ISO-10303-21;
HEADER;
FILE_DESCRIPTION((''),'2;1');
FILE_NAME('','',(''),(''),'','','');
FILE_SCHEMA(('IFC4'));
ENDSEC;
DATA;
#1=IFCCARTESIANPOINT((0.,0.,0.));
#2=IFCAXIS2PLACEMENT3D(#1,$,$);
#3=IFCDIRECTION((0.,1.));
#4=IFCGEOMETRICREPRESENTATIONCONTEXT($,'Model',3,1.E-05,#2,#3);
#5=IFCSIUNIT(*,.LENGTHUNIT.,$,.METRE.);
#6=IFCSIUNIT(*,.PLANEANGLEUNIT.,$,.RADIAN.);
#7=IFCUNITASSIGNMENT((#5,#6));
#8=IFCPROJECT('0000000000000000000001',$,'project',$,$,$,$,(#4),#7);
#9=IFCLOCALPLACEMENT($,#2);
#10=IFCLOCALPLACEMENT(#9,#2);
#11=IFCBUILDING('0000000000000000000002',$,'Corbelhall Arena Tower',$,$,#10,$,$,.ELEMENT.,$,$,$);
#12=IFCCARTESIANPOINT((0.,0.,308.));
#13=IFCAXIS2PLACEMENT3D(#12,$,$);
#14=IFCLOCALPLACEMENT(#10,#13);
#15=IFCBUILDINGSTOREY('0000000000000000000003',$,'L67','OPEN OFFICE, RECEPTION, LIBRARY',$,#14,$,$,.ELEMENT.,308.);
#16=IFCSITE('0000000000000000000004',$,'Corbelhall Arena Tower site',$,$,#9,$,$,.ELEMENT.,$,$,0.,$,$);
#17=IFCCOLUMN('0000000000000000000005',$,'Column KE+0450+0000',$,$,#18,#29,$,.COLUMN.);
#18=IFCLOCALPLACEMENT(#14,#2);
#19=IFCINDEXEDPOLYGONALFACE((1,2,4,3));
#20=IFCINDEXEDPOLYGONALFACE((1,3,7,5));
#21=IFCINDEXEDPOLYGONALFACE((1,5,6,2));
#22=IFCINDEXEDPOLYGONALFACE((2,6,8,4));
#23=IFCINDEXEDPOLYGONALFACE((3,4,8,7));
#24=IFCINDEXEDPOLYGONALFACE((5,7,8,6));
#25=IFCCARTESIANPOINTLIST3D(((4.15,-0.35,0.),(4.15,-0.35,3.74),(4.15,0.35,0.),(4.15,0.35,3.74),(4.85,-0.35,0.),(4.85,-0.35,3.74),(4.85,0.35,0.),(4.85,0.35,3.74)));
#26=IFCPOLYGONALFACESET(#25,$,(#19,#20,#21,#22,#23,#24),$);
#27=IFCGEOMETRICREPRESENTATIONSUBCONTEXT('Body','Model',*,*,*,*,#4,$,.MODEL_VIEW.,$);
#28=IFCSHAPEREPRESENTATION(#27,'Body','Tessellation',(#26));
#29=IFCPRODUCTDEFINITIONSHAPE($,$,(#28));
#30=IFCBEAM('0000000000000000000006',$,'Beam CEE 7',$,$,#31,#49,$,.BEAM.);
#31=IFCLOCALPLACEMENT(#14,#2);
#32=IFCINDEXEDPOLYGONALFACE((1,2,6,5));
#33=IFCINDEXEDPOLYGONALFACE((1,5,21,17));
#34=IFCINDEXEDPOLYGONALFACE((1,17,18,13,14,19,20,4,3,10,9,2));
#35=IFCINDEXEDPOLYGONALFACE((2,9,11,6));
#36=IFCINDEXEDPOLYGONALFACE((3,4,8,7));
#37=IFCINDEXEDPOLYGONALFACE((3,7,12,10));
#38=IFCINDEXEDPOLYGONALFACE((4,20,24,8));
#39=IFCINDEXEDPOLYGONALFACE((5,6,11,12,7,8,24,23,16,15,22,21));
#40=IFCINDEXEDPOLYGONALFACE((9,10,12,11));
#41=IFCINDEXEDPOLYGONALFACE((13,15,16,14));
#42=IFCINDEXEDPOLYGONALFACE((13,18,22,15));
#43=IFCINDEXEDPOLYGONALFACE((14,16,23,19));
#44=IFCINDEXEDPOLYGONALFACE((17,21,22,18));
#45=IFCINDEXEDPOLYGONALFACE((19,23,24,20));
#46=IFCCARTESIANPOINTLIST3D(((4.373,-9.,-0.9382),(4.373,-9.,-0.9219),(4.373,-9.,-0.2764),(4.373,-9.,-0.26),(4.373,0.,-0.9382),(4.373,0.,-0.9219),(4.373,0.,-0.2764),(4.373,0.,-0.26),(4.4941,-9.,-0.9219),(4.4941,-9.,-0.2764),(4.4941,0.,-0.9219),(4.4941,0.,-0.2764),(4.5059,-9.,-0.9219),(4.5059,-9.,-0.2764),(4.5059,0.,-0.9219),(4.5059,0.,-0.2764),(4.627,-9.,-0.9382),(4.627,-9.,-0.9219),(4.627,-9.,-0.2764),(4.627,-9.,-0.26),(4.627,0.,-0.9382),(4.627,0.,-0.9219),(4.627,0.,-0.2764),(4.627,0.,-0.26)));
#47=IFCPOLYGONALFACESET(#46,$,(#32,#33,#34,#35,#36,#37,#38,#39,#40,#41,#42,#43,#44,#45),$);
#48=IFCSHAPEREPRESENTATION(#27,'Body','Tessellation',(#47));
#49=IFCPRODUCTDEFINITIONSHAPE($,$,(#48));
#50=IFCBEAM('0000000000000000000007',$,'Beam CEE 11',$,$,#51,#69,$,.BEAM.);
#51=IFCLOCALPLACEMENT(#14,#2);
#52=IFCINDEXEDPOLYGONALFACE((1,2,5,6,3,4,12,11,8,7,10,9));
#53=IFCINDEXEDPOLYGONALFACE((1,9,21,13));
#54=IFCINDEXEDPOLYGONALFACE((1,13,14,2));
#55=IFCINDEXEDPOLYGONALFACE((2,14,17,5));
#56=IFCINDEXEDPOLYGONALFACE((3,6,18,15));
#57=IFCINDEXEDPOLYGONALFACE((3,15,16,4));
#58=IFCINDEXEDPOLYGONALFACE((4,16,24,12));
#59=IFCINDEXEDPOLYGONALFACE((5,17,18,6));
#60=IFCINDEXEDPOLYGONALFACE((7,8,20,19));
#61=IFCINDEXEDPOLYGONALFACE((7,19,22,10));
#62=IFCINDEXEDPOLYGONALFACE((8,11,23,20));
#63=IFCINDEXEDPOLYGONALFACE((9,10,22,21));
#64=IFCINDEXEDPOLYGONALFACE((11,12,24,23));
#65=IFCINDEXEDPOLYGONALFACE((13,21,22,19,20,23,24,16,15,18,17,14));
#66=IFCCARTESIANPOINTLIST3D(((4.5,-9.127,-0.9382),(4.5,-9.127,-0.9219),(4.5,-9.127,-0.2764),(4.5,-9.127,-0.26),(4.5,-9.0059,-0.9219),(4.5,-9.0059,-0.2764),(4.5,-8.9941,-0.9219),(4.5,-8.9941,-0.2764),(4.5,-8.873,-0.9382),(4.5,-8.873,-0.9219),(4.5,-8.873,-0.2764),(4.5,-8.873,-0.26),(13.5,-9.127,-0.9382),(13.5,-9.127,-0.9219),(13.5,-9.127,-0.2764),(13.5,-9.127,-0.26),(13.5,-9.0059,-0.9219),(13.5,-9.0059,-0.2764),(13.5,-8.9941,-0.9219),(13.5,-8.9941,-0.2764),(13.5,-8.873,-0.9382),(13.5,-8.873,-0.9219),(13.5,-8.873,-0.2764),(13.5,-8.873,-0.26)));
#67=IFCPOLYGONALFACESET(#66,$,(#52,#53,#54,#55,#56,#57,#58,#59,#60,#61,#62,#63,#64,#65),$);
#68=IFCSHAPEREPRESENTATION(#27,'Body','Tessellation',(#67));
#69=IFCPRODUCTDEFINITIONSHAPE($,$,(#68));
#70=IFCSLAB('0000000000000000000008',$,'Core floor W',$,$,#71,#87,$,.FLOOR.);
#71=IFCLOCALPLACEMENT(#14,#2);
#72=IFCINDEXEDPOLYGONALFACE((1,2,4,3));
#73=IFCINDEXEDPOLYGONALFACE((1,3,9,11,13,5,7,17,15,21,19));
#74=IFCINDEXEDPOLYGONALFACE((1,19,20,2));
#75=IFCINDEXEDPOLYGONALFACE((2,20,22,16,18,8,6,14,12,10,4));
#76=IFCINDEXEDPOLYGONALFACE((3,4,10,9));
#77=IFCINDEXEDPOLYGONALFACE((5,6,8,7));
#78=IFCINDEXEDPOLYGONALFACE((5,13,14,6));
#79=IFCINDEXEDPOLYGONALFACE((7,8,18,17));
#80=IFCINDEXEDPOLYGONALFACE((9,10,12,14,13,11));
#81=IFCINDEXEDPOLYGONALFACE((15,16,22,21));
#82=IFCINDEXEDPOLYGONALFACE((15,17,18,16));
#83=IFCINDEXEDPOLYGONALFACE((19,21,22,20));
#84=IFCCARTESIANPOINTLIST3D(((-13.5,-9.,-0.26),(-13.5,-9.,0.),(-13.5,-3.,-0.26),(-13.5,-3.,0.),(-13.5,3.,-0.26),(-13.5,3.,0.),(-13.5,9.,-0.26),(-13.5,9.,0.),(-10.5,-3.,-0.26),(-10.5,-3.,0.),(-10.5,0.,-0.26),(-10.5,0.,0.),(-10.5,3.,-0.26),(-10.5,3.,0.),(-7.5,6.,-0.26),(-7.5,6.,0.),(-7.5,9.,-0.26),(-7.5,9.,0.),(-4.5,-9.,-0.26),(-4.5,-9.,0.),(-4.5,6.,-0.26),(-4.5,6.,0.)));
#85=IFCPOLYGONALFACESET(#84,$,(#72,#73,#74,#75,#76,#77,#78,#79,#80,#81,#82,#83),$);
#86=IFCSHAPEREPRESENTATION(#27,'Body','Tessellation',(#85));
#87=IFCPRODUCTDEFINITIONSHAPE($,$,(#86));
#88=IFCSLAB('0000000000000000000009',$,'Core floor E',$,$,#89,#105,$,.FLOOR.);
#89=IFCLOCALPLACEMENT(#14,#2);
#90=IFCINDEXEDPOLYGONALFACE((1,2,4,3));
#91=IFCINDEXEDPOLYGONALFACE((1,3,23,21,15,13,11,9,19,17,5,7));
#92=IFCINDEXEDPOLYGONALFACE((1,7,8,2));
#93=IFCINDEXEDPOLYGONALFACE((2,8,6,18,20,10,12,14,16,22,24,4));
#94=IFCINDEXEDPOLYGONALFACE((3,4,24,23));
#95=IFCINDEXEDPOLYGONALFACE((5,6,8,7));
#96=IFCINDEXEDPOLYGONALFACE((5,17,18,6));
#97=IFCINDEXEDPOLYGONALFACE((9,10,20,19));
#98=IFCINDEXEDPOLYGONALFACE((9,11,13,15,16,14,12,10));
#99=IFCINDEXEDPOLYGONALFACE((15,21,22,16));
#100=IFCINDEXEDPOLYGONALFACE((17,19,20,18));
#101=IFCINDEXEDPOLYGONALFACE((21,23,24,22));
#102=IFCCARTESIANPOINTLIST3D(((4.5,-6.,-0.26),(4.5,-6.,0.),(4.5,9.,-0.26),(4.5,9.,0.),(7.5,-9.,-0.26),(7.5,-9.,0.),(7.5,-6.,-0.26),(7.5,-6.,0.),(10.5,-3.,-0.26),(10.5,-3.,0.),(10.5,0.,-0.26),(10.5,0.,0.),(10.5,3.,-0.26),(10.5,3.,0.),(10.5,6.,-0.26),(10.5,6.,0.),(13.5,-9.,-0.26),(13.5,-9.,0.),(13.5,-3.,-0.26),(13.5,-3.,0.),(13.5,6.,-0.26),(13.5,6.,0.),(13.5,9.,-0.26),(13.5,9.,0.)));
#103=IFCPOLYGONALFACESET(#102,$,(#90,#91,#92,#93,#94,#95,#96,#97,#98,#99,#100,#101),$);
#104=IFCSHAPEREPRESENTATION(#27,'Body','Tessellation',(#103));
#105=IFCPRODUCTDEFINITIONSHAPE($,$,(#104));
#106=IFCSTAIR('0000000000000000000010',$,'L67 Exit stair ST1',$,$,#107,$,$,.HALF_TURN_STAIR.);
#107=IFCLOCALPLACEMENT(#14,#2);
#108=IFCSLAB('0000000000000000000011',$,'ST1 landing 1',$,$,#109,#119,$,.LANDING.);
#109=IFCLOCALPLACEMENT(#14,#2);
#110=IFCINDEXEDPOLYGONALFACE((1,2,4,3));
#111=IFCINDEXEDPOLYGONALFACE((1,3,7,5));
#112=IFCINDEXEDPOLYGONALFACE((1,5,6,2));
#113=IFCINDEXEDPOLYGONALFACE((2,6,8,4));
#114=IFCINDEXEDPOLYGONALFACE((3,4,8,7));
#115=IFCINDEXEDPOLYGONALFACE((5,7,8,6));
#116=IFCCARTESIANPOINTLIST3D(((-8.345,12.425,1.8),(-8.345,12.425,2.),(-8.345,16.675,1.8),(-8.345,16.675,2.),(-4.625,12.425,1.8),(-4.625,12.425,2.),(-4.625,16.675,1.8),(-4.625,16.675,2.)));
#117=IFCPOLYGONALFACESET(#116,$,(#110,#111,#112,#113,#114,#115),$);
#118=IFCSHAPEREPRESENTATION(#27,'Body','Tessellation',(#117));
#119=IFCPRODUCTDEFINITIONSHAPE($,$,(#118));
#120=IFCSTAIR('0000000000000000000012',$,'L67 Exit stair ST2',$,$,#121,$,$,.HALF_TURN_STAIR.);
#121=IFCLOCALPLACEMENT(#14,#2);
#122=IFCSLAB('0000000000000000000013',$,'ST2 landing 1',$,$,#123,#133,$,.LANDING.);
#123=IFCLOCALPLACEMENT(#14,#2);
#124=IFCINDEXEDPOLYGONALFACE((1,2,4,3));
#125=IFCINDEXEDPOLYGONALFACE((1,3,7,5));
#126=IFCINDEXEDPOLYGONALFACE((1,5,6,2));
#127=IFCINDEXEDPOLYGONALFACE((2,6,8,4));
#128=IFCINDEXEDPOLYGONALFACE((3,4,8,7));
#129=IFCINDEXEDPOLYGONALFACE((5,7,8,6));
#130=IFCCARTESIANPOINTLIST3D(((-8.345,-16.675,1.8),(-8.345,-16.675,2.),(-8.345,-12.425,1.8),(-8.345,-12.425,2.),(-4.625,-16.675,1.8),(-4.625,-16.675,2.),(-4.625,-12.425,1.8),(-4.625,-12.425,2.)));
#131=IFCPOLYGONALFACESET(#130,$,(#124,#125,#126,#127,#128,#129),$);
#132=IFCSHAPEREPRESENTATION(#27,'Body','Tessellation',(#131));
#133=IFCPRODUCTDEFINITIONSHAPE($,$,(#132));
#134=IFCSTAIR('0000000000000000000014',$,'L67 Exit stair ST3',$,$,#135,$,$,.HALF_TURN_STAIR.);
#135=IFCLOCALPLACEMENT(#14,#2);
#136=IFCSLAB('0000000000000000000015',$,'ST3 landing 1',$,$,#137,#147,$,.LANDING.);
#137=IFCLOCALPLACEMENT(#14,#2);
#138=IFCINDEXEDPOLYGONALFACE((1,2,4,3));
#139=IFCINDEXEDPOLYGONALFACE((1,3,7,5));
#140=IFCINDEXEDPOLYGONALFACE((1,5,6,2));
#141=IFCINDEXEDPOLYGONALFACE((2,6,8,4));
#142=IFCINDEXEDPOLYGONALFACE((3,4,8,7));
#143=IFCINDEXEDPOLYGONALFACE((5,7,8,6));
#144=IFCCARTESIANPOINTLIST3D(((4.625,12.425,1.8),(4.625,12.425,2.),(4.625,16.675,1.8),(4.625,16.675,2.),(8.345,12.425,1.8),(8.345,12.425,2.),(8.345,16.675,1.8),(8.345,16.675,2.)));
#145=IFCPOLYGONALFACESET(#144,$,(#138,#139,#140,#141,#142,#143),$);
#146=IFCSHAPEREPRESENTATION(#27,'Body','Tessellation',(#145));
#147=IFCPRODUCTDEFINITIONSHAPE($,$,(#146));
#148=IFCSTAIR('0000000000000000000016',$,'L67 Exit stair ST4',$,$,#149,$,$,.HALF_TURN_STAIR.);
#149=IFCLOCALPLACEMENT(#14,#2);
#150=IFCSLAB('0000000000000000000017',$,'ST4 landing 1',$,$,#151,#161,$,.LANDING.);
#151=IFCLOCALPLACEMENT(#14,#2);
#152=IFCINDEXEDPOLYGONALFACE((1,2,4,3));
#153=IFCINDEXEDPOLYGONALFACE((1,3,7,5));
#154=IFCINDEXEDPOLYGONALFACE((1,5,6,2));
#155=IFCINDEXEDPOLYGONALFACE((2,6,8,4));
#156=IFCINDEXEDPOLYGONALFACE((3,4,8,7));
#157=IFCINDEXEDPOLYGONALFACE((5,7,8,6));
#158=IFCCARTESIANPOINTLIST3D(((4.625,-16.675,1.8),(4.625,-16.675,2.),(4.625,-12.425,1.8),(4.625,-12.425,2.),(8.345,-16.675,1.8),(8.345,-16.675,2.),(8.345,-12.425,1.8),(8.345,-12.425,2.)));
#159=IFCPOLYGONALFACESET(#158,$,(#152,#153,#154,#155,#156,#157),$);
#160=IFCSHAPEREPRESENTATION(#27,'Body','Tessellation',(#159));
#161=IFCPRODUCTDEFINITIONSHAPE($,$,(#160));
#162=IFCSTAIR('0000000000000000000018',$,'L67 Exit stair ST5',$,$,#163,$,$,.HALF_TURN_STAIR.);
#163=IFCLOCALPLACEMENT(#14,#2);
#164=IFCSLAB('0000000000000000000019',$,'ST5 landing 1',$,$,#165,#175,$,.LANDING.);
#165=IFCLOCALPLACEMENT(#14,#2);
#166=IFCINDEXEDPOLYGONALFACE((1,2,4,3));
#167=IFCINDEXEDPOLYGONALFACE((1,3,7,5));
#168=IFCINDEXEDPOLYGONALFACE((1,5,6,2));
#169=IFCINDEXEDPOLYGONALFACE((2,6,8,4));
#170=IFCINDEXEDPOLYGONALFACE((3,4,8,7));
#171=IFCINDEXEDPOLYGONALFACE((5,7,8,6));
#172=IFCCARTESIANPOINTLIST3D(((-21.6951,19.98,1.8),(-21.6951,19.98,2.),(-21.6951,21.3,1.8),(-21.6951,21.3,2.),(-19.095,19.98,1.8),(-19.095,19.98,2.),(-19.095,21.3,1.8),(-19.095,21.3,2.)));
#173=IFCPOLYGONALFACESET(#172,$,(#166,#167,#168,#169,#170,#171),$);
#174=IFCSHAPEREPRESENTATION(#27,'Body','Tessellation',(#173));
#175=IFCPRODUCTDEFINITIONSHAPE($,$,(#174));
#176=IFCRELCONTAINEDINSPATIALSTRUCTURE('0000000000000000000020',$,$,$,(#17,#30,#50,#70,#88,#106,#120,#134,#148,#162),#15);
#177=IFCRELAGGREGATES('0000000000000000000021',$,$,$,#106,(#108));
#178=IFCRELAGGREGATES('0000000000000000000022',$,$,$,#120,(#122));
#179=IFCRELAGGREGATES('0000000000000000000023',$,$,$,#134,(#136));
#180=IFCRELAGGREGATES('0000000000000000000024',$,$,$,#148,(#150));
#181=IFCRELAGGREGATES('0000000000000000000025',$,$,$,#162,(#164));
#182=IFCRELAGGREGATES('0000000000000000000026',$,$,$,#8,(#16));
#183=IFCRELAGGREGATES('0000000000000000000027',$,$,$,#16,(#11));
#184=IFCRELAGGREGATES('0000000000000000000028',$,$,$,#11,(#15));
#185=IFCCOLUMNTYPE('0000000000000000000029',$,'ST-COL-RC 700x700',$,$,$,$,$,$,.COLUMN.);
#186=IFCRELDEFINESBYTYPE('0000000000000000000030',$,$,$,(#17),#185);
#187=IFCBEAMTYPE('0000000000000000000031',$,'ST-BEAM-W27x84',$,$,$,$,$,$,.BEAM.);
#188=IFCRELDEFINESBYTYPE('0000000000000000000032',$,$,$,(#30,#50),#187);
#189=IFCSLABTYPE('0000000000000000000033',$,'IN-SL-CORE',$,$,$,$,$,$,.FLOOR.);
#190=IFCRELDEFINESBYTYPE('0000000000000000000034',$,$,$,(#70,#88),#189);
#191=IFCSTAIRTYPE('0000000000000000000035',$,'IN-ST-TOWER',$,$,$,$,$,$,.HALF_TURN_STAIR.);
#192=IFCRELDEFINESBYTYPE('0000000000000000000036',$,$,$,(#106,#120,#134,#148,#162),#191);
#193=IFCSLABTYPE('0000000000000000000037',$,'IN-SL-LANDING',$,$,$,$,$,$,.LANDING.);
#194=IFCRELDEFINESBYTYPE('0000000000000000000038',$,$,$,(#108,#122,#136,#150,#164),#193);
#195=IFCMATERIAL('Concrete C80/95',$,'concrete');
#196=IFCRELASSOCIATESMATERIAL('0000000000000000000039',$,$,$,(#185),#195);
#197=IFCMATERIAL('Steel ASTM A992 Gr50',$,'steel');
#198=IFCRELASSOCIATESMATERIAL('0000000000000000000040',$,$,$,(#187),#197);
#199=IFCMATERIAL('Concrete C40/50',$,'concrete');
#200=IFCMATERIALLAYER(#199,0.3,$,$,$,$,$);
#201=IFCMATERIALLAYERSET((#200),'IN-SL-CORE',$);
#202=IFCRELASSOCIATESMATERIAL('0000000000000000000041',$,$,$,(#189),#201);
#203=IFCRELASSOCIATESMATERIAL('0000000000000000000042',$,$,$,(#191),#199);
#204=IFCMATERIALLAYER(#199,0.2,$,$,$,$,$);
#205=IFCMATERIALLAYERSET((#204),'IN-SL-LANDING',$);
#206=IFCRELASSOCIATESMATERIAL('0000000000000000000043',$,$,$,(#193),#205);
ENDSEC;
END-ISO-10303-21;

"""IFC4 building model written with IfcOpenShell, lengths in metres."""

from ifc_helpers import new_model, si_unit, direction, frame, origin, origin_2d, place, context, subcontext, project, spatial, polyline, rectangle, i_section, outline, extrude, material, layer, layer_set, material_profile, profile_set, type_object, element, aggregate, save


model = new_model("IFC4")

# Units and contexts
model_context = context("Model", 3, precision=1e-05, world=origin(), true_north=direction((0.0, 1.0)))
body_context = subcontext(model_context, "Body", "Model", "MODEL_VIEW")
ifc_project = project(units=[si_unit("LENGTHUNIT", "METRE"), si_unit("PLANEANGLEUNIT", "RADIAN")], contexts=[model_context])

# Site, building, storey
site_placement = place(None, origin())
site = spatial("IfcSite", under=ifc_project, at=site_placement, Name="Corbelhall Arena Tower site", CompositionType="ELEMENT", RefElevation=0.0)
building_placement = place(site_placement, origin())
building = spatial("IfcBuilding", under=site, at=building_placement, Name="Corbelhall Arena Tower", CompositionType="ELEMENT")
storey_placement = place(building_placement, frame((0.0, 0.0, 308.0)))
storey = spatial("IfcBuildingStorey", under=building, at=storey_placement, Name="L67", Description="OPEN OFFICE, RECEPTION, LIBRARY", CompositionType="ELEMENT", Elevation=308.0)

# Column
ifc_material_1 = material(Name="Concrete C80/95", Category="concrete")
ifc_material_profile_1 = material_profile(ifc_material_1, rectangle(XDim=0.7, YDim=0.7, at=origin_2d()))
ifc_profile_set_1 = profile_set([ifc_material_profile_1], Name="Concrete C80/95")
column_type = type_object("IfcColumnType", Name="ST-COL-RC 700x700", PredefinedType="COLUMN", material=ifc_profile_set_1)
column_placement = place(storey_placement, frame((4.5, 0.0, 0.0), z_axis=(0.0, 0.0, 1.0), x_axis=(1.0, 0.0, 0.0)))
element("IfcColumn", 1, at=column_placement, inside=storey, type_object=column_type, Name="Column KE+0450+0000", PredefinedType="COLUMN", context=body_context, shape_type="SweptSolid", body=[
    extrude(rectangle(XDim=0.7, YDim=0.7, at=origin_2d()), origin(), (0.0, 0.0, 1.0), 3.74),
])

# Beams
ifc_material_2 = material(Name="Steel ASTM A992 Gr50", Category="steel")
ifc_material_profile_2 = material_profile(ifc_material_2, i_section(OverallWidth=0.2539, OverallDepth=0.6782, WebThickness=0.0117, FlangeThickness=0.0164, at=origin_2d()))
ifc_profile_set_2 = profile_set([ifc_material_profile_2], Name="Steel ASTM A992 Gr50")
beam_type = type_object("IfcBeamType", Name="ST-BEAM-W27x84", PredefinedType="BEAM", material=ifc_profile_set_2)
for number, where, z_axis, x_axis, name in (
    (2, (4.5, -9.0, -0.5991), (0.0, 1.0, 0.0), (-1.0, 0.0, 0.0), "Beam CEE 7"),
    (3, (4.5, -9.0, -0.5991), (1.0, 0.0, 0.0), (0.0, 1.0, 0.0), "Beam CEE 11"),
):
    element("IfcBeam", number, at=place(storey_placement, frame(where, z_axis=z_axis, x_axis=x_axis)), inside=storey, type_object=beam_type, Name=name, PredefinedType="BEAM", context=body_context, shape_type="SweptSolid", body=[
        extrude(i_section(OverallWidth=0.2539, OverallDepth=0.6782, WebThickness=0.0117, FlangeThickness=0.0164, at=origin_2d()), origin(), (0.0, 0.0, 1.0), 9.0),
    ])

# Slabs
ifc_material_3 = material(Name="Concrete C40/50", Category="concrete")
ifc_layer_1 = layer(ifc_material_3, 0.3)
ifc_layer_set_1 = layer_set([ifc_layer_1], Name="IN-SL-CORE")
slab_type_1 = type_object("IfcSlabType", Name="IN-SL-CORE", PredefinedType="FLOOR", material=ifc_layer_set_1)
slab_1_placement = place(storey_placement, frame((0.0, 0.0, -0.26)))
element("IfcSlab", 4, at=slab_1_placement, inside=storey, type_object=slab_type_1, Name="Core floor W", PredefinedType="FLOOR", context=body_context, shape_type="SweptSolid", body=[
    extrude(outline(polyline([(-13.5, -3.0), (-13.5, -9.0), (-4.5, -9.0), (-4.5, 6.0), (-7.5, 6.0), (-7.5, 9.0), (-13.5, 9.0), (-13.5, 3.0), (-10.5, 3.0), (-10.5, 0.0), (-10.5, -3.0), (-13.5, -3.0)])), origin(), (0.0, 0.0, 1.0), 0.26),
])
slab_2_placement = place(storey_placement, frame((0.0, 0.0, -0.26)))
element("IfcSlab", 5, at=slab_2_placement, inside=storey, type_object=slab_type_1, Name="Core floor E", PredefinedType="FLOOR", context=body_context, shape_type="SweptSolid", body=[
    extrude(outline(polyline([(10.5, 0.0), (10.5, 3.0), (10.5, 6.0), (13.5, 6.0), (13.5, 9.0), (4.5, 9.0), (4.5, -6.0), (7.5, -6.0), (7.5, -9.0), (13.5, -9.0), (13.5, -3.0), (10.5, -3.0), (10.5, 0.0)])), origin(), (0.0, 0.0, 1.0), 0.26),
])

# Stairs, slabs
stair_type = type_object("IfcStairType", Name="IN-ST-TOWER", PredefinedType="HALF_TURN_STAIR", material=ifc_material_3)
stair_1_placement = place(storey_placement, origin())
stair_1 = element("IfcStair", 6, at=stair_1_placement, inside=storey, type_object=stair_type, Name="L67 Exit stair ST1", PredefinedType="HALF_TURN_STAIR")
ifc_layer_2 = layer(ifc_material_3, 0.2)
ifc_layer_set_2 = layer_set([ifc_layer_2], Name="IN-SL-LANDING")
slab_type_2 = type_object("IfcSlabType", Name="IN-SL-LANDING", PredefinedType="LANDING", material=ifc_layer_set_2)
slab_3_placement = place(storey_placement, frame((0.0, 0.0, 1.8)))
slab_3 = element("IfcSlab", 7, at=slab_3_placement, type_object=slab_type_2, Name="ST1 landing 1", PredefinedType="LANDING", context=body_context, shape_type="SweptSolid", body=[
    extrude(outline(polyline([(-8.345, 12.425), (-4.625, 12.425), (-4.625, 16.675), (-8.345, 16.675), (-8.345, 12.425)])), origin(), (0.0, 0.0, 1.0), 0.2),
])
aggregate(stair_1, [slab_3])
stair_2_placement = place(storey_placement, origin())
stair_2 = element("IfcStair", 8, at=stair_2_placement, inside=storey, type_object=stair_type, Name="L67 Exit stair ST2", PredefinedType="HALF_TURN_STAIR")
slab_4_placement = place(storey_placement, frame((0.0, 0.0, 1.8)))
slab_4 = element("IfcSlab", 9, at=slab_4_placement, type_object=slab_type_2, Name="ST2 landing 1", PredefinedType="LANDING", context=body_context, shape_type="SweptSolid", body=[
    extrude(outline(polyline([(-8.345, -16.675), (-4.625, -16.675), (-4.625, -12.425), (-8.345, -12.425), (-8.345, -16.675)])), origin(), (0.0, 0.0, 1.0), 0.2),
])
aggregate(stair_2, [slab_4])
stair_3_placement = place(storey_placement, origin())
stair_3 = element("IfcStair", 10, at=stair_3_placement, inside=storey, type_object=stair_type, Name="L67 Exit stair ST3", PredefinedType="HALF_TURN_STAIR")
slab_5_placement = place(storey_placement, frame((0.0, 0.0, 1.8)))
slab_5 = element("IfcSlab", 11, at=slab_5_placement, type_object=slab_type_2, Name="ST3 landing 1", PredefinedType="LANDING", context=body_context, shape_type="SweptSolid", body=[
    extrude(outline(polyline([(8.345, 16.675), (4.625, 16.675), (4.625, 12.425), (8.345, 12.425), (8.345, 16.675)])), origin(), (0.0, 0.0, 1.0), 0.2),
])
aggregate(stair_3, [slab_5])
stair_4_placement = place(storey_placement, origin())
stair_4 = element("IfcStair", 12, at=stair_4_placement, inside=storey, type_object=stair_type, Name="L67 Exit stair ST4", PredefinedType="HALF_TURN_STAIR")
slab_6_placement = place(storey_placement, frame((0.0, 0.0, 1.8)))
slab_6 = element("IfcSlab", 13, at=slab_6_placement, type_object=slab_type_2, Name="ST4 landing 1", PredefinedType="LANDING", context=body_context, shape_type="SweptSolid", body=[
    extrude(outline(polyline([(8.345, -12.425), (4.625, -12.425), (4.625, -16.675), (8.345, -16.675), (8.345, -12.425)])), origin(), (0.0, 0.0, 1.0), 0.2),
])
aggregate(stair_4, [slab_6])
stair_5_placement = place(storey_placement, origin())
stair_5 = element("IfcStair", 14, at=stair_5_placement, inside=storey, type_object=stair_type, Name="L67 Exit stair ST5", PredefinedType="HALF_TURN_STAIR")
slab_7_placement = place(storey_placement, frame((0.0, 0.0, 1.8)))
slab_7 = element("IfcSlab", 15, at=slab_7_placement, type_object=slab_type_2, Name="ST5 landing 1", PredefinedType="LANDING", context=body_context, shape_type="SweptSolid", body=[
    extrude(outline(polyline([(-19.095, 19.98), (-19.095, 21.3), (-21.6951, 21.3), (-21.6951, 19.98), (-19.095, 19.98)])), origin(), (0.0, 0.0, 1.0), 0.2),
])
aggregate(stair_5, [slab_7])

save(model, "model.ifc")
